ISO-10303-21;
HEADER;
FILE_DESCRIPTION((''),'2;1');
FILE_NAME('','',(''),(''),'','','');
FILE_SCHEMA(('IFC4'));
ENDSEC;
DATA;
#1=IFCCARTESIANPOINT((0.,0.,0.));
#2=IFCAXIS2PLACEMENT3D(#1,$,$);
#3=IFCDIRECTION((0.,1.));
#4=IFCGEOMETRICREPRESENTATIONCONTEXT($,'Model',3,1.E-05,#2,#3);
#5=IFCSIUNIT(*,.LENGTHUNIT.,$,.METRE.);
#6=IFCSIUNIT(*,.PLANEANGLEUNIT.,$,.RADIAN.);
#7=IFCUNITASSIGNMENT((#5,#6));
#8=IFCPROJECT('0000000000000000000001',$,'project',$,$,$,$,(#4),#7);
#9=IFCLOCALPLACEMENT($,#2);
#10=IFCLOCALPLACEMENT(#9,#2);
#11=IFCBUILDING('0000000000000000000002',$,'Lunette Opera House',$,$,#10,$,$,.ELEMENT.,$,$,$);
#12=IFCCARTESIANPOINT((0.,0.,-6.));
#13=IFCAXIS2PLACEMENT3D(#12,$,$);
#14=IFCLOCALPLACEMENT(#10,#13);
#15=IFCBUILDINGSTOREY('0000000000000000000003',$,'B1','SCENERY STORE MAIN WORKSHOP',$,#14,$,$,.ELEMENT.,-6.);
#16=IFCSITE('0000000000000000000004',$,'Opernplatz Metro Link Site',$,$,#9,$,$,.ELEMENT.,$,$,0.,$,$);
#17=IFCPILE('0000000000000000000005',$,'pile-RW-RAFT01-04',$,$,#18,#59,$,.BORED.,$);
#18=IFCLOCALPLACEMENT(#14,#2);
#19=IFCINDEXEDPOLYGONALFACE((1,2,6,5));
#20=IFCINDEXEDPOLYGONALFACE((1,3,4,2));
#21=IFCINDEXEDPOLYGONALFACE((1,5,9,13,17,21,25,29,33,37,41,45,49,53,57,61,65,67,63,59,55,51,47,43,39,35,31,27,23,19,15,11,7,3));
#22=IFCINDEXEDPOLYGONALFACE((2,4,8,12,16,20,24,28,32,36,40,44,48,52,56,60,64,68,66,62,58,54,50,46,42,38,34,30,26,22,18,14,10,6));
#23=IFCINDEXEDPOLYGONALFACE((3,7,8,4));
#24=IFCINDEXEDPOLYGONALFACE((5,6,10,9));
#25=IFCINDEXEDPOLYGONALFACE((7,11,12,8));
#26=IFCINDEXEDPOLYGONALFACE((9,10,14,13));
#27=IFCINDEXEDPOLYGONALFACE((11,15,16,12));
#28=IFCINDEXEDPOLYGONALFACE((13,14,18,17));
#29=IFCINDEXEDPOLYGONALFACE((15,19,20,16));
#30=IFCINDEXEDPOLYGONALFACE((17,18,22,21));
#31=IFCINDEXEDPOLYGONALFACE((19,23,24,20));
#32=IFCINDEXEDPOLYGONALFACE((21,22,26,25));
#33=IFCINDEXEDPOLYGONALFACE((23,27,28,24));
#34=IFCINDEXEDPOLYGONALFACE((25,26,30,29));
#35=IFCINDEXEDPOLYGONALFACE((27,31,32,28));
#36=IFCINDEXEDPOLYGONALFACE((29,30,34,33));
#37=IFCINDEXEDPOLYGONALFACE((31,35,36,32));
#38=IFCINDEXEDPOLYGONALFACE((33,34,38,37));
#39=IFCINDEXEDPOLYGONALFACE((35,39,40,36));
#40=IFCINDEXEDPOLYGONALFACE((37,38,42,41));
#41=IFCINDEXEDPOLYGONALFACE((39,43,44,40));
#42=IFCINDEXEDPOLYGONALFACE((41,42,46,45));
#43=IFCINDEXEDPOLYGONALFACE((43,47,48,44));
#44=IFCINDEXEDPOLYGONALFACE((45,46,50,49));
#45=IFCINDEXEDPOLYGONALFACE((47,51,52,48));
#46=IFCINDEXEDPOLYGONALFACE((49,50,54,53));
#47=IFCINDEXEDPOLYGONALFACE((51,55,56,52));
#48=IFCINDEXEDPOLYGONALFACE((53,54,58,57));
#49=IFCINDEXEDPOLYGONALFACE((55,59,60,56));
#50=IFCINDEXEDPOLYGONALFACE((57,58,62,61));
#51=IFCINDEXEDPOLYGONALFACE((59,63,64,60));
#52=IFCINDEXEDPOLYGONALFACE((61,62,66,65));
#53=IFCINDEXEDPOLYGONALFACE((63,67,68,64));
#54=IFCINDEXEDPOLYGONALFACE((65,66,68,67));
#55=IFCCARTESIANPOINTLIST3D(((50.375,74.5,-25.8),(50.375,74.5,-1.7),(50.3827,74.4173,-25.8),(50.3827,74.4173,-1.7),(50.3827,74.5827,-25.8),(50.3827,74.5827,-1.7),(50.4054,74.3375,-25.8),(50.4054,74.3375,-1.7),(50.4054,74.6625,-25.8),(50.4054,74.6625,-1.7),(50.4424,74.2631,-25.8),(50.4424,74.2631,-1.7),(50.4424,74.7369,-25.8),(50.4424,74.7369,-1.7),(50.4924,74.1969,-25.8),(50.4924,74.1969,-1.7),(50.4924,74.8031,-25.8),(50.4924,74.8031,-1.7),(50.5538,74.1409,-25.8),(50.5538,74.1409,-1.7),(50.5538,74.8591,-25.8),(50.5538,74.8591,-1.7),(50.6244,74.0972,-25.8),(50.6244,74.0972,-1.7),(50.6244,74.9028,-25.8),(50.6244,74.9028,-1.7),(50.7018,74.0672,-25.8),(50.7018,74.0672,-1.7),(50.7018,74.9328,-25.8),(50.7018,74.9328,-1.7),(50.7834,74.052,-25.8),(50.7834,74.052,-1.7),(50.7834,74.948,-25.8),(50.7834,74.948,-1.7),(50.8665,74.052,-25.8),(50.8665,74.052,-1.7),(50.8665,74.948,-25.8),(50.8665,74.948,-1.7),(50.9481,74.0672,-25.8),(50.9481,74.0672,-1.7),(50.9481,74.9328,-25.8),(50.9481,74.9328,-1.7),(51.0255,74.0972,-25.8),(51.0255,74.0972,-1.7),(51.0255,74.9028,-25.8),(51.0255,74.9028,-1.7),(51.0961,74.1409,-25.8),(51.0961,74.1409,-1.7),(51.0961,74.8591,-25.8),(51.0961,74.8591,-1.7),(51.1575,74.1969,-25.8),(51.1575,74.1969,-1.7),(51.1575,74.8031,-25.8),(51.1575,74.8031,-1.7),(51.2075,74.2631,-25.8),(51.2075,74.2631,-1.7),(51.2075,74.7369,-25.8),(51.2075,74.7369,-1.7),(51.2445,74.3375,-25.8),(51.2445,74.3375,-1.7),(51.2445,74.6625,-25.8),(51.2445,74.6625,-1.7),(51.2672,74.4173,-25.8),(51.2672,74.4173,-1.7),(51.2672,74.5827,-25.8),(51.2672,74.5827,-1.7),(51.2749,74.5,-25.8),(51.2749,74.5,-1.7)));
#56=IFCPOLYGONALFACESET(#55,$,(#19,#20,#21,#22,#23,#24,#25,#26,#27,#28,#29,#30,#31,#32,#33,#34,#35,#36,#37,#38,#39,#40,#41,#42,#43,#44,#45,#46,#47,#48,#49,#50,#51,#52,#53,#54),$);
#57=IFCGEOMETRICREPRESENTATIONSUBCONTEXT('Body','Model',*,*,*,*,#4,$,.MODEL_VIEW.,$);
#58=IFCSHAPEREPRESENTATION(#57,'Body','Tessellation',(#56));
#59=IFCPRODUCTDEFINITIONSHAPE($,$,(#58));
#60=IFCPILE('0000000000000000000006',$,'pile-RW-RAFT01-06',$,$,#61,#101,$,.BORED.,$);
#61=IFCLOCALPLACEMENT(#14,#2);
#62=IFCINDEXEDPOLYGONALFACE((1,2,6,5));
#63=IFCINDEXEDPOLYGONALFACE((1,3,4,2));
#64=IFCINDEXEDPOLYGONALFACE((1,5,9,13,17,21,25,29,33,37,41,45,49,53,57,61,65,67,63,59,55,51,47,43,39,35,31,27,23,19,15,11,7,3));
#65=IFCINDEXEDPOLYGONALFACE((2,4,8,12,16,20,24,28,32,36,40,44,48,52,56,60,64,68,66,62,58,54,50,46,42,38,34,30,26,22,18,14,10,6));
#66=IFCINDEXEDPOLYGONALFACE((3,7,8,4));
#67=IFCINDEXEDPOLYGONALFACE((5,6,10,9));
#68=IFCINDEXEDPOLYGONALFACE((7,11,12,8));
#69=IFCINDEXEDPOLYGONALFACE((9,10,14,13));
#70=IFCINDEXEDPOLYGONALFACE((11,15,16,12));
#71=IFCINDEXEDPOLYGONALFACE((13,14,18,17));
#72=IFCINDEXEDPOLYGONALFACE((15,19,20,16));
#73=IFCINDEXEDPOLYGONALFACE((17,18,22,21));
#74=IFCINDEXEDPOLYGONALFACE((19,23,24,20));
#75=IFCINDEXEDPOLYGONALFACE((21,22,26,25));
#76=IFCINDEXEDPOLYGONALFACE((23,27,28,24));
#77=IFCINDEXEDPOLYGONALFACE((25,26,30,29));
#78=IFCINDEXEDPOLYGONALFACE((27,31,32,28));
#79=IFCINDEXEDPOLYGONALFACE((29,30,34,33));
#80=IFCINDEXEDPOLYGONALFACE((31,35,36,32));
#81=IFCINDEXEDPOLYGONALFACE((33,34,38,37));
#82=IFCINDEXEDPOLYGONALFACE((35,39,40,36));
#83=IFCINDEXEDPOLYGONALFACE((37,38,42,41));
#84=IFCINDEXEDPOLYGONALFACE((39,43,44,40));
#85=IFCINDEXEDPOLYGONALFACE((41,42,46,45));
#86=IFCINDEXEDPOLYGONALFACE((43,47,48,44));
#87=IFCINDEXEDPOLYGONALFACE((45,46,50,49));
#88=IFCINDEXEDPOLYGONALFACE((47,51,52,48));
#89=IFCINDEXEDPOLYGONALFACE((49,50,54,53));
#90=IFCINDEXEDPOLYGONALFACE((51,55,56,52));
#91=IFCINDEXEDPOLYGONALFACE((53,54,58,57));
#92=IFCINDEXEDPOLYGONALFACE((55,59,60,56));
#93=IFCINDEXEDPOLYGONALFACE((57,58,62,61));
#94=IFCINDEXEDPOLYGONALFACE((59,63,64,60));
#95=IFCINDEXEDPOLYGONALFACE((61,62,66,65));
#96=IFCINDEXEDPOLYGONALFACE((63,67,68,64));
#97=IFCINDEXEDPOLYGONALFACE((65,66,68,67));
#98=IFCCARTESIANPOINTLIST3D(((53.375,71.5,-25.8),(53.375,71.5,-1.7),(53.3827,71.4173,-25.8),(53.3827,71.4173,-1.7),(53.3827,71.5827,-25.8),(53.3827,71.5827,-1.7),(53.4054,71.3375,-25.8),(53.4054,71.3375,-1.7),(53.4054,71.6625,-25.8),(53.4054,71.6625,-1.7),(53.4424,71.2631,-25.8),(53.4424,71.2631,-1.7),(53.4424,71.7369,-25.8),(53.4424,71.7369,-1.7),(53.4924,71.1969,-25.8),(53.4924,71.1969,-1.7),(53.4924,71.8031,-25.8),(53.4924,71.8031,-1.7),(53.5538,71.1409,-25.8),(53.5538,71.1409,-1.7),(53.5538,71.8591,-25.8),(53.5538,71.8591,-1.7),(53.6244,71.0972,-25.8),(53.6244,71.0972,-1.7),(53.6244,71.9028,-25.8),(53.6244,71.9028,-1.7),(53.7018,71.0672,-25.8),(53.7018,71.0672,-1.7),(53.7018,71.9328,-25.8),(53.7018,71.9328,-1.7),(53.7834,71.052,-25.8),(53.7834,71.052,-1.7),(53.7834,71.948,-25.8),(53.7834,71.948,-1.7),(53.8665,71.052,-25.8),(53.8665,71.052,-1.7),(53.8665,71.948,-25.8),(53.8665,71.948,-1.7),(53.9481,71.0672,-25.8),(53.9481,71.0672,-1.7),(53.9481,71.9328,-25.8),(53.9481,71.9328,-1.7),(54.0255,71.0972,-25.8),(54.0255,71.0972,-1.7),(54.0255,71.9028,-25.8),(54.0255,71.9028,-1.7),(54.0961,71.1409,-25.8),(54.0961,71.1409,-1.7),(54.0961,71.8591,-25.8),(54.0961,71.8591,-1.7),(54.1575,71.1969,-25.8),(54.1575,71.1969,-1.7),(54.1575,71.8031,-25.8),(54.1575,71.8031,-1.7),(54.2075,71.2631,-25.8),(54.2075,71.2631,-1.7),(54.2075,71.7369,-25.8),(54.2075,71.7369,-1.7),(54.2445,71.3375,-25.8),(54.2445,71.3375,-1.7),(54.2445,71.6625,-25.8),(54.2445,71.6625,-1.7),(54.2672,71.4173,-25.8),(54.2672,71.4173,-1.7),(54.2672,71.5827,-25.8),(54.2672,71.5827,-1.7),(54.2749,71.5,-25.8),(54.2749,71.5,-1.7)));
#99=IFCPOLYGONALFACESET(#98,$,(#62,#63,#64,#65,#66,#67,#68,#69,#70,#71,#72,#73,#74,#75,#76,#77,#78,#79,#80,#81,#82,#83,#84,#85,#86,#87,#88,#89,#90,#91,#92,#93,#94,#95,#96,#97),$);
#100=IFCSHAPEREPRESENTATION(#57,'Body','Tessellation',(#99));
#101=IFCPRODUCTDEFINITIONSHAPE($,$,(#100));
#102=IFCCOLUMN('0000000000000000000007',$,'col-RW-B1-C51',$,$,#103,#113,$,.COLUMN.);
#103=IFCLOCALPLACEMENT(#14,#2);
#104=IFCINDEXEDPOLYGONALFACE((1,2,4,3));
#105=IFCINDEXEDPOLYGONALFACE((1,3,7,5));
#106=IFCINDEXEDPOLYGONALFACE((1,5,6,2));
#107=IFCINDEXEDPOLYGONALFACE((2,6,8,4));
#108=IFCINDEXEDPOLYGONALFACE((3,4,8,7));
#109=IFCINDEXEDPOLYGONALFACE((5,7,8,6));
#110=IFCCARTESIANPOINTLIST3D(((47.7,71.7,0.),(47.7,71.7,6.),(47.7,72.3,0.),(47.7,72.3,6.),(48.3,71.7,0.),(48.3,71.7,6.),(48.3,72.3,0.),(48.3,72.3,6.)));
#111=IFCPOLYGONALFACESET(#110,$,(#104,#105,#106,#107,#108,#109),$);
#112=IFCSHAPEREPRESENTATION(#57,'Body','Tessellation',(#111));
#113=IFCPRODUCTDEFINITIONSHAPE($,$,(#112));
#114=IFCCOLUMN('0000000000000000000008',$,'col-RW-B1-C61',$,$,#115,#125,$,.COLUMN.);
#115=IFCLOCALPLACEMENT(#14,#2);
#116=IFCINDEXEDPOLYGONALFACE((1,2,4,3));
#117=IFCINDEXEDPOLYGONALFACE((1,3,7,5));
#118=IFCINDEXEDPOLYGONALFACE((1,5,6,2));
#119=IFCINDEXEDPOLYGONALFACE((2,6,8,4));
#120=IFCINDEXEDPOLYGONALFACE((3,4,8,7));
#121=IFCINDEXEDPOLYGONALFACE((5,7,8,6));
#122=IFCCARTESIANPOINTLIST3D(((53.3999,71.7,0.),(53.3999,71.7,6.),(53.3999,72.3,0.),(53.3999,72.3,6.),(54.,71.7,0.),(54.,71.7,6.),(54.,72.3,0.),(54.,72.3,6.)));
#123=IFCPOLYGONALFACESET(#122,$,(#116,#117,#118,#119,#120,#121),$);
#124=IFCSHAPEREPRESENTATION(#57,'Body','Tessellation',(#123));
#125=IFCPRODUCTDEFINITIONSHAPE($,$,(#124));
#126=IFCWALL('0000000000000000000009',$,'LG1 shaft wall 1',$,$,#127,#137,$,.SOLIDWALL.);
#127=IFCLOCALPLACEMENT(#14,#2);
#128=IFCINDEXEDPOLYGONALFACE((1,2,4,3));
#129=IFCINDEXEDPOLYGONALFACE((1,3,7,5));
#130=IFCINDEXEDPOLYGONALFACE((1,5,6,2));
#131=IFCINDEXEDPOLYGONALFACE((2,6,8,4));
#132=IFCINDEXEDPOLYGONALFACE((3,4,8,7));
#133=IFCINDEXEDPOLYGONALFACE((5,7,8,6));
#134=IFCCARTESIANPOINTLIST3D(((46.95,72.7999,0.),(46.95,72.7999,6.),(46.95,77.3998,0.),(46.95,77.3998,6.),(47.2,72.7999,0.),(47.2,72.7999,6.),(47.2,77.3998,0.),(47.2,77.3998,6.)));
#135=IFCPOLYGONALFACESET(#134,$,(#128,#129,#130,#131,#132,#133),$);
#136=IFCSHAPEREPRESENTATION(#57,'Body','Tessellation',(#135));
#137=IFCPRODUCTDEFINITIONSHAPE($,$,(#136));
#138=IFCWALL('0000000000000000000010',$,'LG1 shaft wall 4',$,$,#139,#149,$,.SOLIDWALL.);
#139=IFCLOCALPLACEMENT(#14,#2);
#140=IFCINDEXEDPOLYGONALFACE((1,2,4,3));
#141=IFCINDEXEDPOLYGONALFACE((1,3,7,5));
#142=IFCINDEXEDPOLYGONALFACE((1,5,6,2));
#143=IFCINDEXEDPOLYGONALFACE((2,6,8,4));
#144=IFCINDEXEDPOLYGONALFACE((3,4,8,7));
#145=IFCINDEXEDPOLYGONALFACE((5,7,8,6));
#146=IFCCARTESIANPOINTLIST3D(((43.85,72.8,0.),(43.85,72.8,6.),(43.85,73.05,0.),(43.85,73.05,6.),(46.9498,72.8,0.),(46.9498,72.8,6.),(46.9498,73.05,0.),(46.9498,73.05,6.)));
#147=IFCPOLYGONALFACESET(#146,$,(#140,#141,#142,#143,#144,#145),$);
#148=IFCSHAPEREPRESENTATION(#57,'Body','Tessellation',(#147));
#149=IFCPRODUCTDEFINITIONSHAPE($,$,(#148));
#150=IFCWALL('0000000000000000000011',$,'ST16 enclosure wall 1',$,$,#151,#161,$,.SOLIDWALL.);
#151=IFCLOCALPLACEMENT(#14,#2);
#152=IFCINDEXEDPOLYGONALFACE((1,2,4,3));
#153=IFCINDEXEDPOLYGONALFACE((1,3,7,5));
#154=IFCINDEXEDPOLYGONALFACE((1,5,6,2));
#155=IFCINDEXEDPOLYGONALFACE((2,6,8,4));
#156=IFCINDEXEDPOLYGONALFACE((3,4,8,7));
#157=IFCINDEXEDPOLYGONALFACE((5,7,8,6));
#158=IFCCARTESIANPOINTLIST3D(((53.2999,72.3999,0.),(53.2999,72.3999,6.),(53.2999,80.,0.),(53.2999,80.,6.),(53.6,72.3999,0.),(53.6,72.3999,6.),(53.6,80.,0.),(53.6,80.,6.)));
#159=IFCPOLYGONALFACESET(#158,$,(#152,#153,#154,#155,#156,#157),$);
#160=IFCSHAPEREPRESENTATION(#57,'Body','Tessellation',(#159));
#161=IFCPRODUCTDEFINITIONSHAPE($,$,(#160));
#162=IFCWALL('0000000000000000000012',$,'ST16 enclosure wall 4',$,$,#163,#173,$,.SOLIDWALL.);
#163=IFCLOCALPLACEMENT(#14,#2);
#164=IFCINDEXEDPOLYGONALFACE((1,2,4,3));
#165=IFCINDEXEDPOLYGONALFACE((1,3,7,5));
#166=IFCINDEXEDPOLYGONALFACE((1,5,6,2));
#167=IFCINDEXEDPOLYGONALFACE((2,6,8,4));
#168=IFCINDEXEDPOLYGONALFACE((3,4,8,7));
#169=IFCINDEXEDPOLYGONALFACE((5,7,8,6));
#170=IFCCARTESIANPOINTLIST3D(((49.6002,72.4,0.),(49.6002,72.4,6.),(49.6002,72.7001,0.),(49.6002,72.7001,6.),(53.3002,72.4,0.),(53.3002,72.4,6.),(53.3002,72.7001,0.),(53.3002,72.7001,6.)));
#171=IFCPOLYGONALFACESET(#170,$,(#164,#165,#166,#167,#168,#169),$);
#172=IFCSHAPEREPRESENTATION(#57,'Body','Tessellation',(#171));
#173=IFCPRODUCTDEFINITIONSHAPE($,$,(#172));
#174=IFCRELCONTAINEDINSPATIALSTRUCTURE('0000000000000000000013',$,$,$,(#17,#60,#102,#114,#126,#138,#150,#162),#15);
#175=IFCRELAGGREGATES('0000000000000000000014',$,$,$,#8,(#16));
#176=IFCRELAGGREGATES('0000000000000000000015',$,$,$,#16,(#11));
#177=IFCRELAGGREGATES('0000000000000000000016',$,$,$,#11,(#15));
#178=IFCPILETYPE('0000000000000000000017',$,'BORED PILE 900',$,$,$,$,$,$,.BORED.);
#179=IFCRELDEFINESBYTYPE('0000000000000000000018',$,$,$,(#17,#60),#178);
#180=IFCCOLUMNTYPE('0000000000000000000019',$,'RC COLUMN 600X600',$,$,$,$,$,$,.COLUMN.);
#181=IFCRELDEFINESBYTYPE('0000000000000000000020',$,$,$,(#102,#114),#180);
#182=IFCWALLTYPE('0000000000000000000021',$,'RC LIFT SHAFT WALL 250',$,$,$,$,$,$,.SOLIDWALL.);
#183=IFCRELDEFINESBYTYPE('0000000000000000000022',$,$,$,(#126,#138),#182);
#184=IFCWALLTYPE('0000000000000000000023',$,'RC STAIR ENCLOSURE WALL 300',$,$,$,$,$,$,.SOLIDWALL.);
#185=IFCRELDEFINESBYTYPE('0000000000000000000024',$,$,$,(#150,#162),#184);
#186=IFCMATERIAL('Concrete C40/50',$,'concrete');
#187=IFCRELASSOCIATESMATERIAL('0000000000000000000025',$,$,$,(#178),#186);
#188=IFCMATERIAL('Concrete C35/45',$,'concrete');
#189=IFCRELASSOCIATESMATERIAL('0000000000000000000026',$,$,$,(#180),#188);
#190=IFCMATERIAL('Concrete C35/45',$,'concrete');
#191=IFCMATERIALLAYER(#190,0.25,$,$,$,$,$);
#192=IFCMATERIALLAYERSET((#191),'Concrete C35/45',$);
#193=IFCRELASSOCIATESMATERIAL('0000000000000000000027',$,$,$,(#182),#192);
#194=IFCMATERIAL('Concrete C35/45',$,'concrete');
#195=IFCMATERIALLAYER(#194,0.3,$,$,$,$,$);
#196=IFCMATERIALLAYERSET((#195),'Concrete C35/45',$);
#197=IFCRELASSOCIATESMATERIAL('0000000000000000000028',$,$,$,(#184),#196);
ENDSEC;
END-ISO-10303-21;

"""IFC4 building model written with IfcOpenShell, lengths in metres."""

from ifc_helpers import new_model, si_unit, direction, frame, frame_2d, origin, origin_2d, place, context, subcontext, project, spatial, rectangle, circle, extrude, material, layer, layer_set, material_profile, profile_set, type_object, element, save


model = new_model("IFC4")

# Units and contexts
model_context = context("Model", 3, precision=1e-05, world=origin(), true_north=direction((0.0, 1.0)))
body_context = subcontext(model_context, "Body", "Model", "MODEL_VIEW")
ifc_project = project(units=[si_unit("LENGTHUNIT", "METRE"), si_unit("PLANEANGLEUNIT", "RADIAN")], contexts=[model_context])

# Site, building, storey
site_placement = place(None, origin())
site = spatial("IfcSite", under=ifc_project, at=site_placement, Name="Opernplatz Metro Link Site", CompositionType="ELEMENT", RefElevation=0.0)
building_placement = place(site_placement, origin())
building = spatial("IfcBuilding", under=site, at=building_placement, Name="Lunette Opera House", CompositionType="ELEMENT")
storey_placement = place(building_placement, frame((0.0, 0.0, -6.0)))
storey = spatial("IfcBuildingStorey", under=building, at=storey_placement, Name="B1", Description="SCENERY STORE MAIN WORKSHOP", CompositionType="ELEMENT", Elevation=-6.0)

# Piles
ifc_material_1 = material(Name="Concrete C40/50", Category="concrete")
ifc_material_profile_1 = material_profile(ifc_material_1, circle(Radius=0.45, at=origin_2d()), Name="BORED PILE 900")
ifc_profile_set_1 = profile_set([ifc_material_profile_1], Name="Concrete C40/50")
pile_type = type_object("IfcPileType", Name="BORED PILE 900", PredefinedType="BORED", material=ifc_profile_set_1)
for number, where, z_axis, x_axis, name in (
    (1, (50.825, 74.5, -1.7), (0.0, 0.0, -1.0), (1.0, 0.0, 0.0), "pile-RW-RAFT01-04"),
    (2, (53.825, 71.5, -1.7), (0.0, 0.0, -1.0), (1.0, 0.0, 0.0), "pile-RW-RAFT01-06"),
):
    element("IfcPile", number, at=place(storey_placement, frame(where, z_axis=z_axis, x_axis=x_axis)), inside=storey, type_object=pile_type, Name=name, PredefinedType="BORED", context=body_context, shape_type="SweptSolid", body=[
        extrude(circle(Radius=0.45, at=origin_2d()), origin(), (0.0, 0.0, 1.0), 24.1001),
    ])

# Columns
ifc_material_2 = material(Name="Concrete C35/45", Category="concrete")
ifc_material_profile_2 = material_profile(ifc_material_2, rectangle(XDim=0.6001, YDim=0.6001, at=origin_2d()), Name="RC COLUMN 600X600")
ifc_profile_set_2 = profile_set([ifc_material_profile_2], Name="Concrete C35/45")
column_type = type_object("IfcColumnType", Name="RC COLUMN 600X600", PredefinedType="COLUMN", material=ifc_profile_set_2)
for number, where, z_axis, x_axis, name in (
    (3, (48.0, 72.0, 0.0), (0.0, 0.0, 1.0), (1.0, 0.0, 0.0), "col-RW-B1-C51"),
    (4, (53.7, 72.0, 0.0), (0.0, 0.0, 1.0), (1.0, 0.0, 0.0), "col-RW-B1-C61"),
):
    element("IfcColumn", number, at=place(storey_placement, frame(where, z_axis=z_axis, x_axis=x_axis)), inside=storey, type_object=column_type, Name=name, PredefinedType="COLUMN", context=body_context, shape_type="SweptSolid", body=[
        extrude(rectangle(XDim=0.6001, YDim=0.6001, at=origin_2d()), origin(), (0.0, 0.0, 1.0), 6.0),
    ])

# Walls
ifc_material_3 = material(Name="Concrete C35/45", Category="concrete")
ifc_layer_1 = layer(ifc_material_3, 0.25)
ifc_layer_set_1 = layer_set([ifc_layer_1], Name="Concrete C35/45")
wall_type_1 = type_object("IfcWallType", Name="RC LIFT SHAFT WALL 250", PredefinedType="SOLIDWALL", material=ifc_layer_set_1)
wall_1_placement = place(storey_placement, frame((47.075, 72.8, 0.0), z_axis=(0.0, 0.0, 1.0), x_axis=(0.0, 1.0, 0.0)))
element("IfcWall", 5, at=wall_1_placement, inside=storey, type_object=wall_type_1, Name="LG1 shaft wall 1", PredefinedType="SOLIDWALL", context=body_context, shape_type="SweptSolid", body=[
    extrude(rectangle(XDim=4.5999, YDim=0.25, at=frame_2d((2.2998, 0.0))), origin(), (0.0, 0.0, 1.0), 6.0),
])
wall_2_placement = place(storey_placement, frame((43.8501, 72.925, 0.0), z_axis=(0.0, 0.0, 1.0), x_axis=(1.0, 0.0, 0.0)))
element("IfcWall", 6, at=wall_2_placement, inside=storey, type_object=wall_type_1, Name="LG1 shaft wall 4", PredefinedType="SOLIDWALL", context=body_context, shape_type="SweptSolid", body=[
    extrude(rectangle(XDim=3.0999, YDim=0.25, at=frame_2d((1.5498, 0.0))), origin(), (0.0, 0.0, 1.0), 6.0),
])
ifc_material_4 = material(Name="Concrete C35/45", Category="concrete")
ifc_layer_2 = layer(ifc_material_4, 0.3)
ifc_layer_set_2 = layer_set([ifc_layer_2], Name="Concrete C35/45")
wall_type_2 = type_object("IfcWallType", Name="RC STAIR ENCLOSURE WALL 300", PredefinedType="SOLIDWALL", material=ifc_layer_set_2)
wall_3_placement = place(storey_placement, frame((53.45, 72.3999, 0.0), z_axis=(0.0, 0.0, 1.0), x_axis=(0.0, 1.0, 0.0)))
element("IfcWall", 7, at=wall_3_placement, inside=storey, type_object=wall_type_2, Name="ST16 enclosure wall 1", PredefinedType="SOLIDWALL", context=body_context, shape_type="SweptSolid", body=[
    extrude(rectangle(XDim=7.6001, YDim=0.3, at=frame_2d((3.8, 0.0))), origin(), (0.0, 0.0, 1.0), 6.0),
])
wall_4_placement = place(storey_placement, frame((49.6001, 72.55, 0.0), z_axis=(0.0, 0.0, 1.0), x_axis=(1.0, 0.0, 0.0)))
element("IfcWall", 8, at=wall_4_placement, inside=storey, type_object=wall_type_2, Name="ST16 enclosure wall 4", PredefinedType="SOLIDWALL", context=body_context, shape_type="SweptSolid", body=[
    extrude(rectangle(XDim=3.7, YDim=0.3, at=frame_2d((1.8501, 0.0))), origin(), (0.0, 0.0, 1.0), 6.0),
])

save(model, "model.ifc")
